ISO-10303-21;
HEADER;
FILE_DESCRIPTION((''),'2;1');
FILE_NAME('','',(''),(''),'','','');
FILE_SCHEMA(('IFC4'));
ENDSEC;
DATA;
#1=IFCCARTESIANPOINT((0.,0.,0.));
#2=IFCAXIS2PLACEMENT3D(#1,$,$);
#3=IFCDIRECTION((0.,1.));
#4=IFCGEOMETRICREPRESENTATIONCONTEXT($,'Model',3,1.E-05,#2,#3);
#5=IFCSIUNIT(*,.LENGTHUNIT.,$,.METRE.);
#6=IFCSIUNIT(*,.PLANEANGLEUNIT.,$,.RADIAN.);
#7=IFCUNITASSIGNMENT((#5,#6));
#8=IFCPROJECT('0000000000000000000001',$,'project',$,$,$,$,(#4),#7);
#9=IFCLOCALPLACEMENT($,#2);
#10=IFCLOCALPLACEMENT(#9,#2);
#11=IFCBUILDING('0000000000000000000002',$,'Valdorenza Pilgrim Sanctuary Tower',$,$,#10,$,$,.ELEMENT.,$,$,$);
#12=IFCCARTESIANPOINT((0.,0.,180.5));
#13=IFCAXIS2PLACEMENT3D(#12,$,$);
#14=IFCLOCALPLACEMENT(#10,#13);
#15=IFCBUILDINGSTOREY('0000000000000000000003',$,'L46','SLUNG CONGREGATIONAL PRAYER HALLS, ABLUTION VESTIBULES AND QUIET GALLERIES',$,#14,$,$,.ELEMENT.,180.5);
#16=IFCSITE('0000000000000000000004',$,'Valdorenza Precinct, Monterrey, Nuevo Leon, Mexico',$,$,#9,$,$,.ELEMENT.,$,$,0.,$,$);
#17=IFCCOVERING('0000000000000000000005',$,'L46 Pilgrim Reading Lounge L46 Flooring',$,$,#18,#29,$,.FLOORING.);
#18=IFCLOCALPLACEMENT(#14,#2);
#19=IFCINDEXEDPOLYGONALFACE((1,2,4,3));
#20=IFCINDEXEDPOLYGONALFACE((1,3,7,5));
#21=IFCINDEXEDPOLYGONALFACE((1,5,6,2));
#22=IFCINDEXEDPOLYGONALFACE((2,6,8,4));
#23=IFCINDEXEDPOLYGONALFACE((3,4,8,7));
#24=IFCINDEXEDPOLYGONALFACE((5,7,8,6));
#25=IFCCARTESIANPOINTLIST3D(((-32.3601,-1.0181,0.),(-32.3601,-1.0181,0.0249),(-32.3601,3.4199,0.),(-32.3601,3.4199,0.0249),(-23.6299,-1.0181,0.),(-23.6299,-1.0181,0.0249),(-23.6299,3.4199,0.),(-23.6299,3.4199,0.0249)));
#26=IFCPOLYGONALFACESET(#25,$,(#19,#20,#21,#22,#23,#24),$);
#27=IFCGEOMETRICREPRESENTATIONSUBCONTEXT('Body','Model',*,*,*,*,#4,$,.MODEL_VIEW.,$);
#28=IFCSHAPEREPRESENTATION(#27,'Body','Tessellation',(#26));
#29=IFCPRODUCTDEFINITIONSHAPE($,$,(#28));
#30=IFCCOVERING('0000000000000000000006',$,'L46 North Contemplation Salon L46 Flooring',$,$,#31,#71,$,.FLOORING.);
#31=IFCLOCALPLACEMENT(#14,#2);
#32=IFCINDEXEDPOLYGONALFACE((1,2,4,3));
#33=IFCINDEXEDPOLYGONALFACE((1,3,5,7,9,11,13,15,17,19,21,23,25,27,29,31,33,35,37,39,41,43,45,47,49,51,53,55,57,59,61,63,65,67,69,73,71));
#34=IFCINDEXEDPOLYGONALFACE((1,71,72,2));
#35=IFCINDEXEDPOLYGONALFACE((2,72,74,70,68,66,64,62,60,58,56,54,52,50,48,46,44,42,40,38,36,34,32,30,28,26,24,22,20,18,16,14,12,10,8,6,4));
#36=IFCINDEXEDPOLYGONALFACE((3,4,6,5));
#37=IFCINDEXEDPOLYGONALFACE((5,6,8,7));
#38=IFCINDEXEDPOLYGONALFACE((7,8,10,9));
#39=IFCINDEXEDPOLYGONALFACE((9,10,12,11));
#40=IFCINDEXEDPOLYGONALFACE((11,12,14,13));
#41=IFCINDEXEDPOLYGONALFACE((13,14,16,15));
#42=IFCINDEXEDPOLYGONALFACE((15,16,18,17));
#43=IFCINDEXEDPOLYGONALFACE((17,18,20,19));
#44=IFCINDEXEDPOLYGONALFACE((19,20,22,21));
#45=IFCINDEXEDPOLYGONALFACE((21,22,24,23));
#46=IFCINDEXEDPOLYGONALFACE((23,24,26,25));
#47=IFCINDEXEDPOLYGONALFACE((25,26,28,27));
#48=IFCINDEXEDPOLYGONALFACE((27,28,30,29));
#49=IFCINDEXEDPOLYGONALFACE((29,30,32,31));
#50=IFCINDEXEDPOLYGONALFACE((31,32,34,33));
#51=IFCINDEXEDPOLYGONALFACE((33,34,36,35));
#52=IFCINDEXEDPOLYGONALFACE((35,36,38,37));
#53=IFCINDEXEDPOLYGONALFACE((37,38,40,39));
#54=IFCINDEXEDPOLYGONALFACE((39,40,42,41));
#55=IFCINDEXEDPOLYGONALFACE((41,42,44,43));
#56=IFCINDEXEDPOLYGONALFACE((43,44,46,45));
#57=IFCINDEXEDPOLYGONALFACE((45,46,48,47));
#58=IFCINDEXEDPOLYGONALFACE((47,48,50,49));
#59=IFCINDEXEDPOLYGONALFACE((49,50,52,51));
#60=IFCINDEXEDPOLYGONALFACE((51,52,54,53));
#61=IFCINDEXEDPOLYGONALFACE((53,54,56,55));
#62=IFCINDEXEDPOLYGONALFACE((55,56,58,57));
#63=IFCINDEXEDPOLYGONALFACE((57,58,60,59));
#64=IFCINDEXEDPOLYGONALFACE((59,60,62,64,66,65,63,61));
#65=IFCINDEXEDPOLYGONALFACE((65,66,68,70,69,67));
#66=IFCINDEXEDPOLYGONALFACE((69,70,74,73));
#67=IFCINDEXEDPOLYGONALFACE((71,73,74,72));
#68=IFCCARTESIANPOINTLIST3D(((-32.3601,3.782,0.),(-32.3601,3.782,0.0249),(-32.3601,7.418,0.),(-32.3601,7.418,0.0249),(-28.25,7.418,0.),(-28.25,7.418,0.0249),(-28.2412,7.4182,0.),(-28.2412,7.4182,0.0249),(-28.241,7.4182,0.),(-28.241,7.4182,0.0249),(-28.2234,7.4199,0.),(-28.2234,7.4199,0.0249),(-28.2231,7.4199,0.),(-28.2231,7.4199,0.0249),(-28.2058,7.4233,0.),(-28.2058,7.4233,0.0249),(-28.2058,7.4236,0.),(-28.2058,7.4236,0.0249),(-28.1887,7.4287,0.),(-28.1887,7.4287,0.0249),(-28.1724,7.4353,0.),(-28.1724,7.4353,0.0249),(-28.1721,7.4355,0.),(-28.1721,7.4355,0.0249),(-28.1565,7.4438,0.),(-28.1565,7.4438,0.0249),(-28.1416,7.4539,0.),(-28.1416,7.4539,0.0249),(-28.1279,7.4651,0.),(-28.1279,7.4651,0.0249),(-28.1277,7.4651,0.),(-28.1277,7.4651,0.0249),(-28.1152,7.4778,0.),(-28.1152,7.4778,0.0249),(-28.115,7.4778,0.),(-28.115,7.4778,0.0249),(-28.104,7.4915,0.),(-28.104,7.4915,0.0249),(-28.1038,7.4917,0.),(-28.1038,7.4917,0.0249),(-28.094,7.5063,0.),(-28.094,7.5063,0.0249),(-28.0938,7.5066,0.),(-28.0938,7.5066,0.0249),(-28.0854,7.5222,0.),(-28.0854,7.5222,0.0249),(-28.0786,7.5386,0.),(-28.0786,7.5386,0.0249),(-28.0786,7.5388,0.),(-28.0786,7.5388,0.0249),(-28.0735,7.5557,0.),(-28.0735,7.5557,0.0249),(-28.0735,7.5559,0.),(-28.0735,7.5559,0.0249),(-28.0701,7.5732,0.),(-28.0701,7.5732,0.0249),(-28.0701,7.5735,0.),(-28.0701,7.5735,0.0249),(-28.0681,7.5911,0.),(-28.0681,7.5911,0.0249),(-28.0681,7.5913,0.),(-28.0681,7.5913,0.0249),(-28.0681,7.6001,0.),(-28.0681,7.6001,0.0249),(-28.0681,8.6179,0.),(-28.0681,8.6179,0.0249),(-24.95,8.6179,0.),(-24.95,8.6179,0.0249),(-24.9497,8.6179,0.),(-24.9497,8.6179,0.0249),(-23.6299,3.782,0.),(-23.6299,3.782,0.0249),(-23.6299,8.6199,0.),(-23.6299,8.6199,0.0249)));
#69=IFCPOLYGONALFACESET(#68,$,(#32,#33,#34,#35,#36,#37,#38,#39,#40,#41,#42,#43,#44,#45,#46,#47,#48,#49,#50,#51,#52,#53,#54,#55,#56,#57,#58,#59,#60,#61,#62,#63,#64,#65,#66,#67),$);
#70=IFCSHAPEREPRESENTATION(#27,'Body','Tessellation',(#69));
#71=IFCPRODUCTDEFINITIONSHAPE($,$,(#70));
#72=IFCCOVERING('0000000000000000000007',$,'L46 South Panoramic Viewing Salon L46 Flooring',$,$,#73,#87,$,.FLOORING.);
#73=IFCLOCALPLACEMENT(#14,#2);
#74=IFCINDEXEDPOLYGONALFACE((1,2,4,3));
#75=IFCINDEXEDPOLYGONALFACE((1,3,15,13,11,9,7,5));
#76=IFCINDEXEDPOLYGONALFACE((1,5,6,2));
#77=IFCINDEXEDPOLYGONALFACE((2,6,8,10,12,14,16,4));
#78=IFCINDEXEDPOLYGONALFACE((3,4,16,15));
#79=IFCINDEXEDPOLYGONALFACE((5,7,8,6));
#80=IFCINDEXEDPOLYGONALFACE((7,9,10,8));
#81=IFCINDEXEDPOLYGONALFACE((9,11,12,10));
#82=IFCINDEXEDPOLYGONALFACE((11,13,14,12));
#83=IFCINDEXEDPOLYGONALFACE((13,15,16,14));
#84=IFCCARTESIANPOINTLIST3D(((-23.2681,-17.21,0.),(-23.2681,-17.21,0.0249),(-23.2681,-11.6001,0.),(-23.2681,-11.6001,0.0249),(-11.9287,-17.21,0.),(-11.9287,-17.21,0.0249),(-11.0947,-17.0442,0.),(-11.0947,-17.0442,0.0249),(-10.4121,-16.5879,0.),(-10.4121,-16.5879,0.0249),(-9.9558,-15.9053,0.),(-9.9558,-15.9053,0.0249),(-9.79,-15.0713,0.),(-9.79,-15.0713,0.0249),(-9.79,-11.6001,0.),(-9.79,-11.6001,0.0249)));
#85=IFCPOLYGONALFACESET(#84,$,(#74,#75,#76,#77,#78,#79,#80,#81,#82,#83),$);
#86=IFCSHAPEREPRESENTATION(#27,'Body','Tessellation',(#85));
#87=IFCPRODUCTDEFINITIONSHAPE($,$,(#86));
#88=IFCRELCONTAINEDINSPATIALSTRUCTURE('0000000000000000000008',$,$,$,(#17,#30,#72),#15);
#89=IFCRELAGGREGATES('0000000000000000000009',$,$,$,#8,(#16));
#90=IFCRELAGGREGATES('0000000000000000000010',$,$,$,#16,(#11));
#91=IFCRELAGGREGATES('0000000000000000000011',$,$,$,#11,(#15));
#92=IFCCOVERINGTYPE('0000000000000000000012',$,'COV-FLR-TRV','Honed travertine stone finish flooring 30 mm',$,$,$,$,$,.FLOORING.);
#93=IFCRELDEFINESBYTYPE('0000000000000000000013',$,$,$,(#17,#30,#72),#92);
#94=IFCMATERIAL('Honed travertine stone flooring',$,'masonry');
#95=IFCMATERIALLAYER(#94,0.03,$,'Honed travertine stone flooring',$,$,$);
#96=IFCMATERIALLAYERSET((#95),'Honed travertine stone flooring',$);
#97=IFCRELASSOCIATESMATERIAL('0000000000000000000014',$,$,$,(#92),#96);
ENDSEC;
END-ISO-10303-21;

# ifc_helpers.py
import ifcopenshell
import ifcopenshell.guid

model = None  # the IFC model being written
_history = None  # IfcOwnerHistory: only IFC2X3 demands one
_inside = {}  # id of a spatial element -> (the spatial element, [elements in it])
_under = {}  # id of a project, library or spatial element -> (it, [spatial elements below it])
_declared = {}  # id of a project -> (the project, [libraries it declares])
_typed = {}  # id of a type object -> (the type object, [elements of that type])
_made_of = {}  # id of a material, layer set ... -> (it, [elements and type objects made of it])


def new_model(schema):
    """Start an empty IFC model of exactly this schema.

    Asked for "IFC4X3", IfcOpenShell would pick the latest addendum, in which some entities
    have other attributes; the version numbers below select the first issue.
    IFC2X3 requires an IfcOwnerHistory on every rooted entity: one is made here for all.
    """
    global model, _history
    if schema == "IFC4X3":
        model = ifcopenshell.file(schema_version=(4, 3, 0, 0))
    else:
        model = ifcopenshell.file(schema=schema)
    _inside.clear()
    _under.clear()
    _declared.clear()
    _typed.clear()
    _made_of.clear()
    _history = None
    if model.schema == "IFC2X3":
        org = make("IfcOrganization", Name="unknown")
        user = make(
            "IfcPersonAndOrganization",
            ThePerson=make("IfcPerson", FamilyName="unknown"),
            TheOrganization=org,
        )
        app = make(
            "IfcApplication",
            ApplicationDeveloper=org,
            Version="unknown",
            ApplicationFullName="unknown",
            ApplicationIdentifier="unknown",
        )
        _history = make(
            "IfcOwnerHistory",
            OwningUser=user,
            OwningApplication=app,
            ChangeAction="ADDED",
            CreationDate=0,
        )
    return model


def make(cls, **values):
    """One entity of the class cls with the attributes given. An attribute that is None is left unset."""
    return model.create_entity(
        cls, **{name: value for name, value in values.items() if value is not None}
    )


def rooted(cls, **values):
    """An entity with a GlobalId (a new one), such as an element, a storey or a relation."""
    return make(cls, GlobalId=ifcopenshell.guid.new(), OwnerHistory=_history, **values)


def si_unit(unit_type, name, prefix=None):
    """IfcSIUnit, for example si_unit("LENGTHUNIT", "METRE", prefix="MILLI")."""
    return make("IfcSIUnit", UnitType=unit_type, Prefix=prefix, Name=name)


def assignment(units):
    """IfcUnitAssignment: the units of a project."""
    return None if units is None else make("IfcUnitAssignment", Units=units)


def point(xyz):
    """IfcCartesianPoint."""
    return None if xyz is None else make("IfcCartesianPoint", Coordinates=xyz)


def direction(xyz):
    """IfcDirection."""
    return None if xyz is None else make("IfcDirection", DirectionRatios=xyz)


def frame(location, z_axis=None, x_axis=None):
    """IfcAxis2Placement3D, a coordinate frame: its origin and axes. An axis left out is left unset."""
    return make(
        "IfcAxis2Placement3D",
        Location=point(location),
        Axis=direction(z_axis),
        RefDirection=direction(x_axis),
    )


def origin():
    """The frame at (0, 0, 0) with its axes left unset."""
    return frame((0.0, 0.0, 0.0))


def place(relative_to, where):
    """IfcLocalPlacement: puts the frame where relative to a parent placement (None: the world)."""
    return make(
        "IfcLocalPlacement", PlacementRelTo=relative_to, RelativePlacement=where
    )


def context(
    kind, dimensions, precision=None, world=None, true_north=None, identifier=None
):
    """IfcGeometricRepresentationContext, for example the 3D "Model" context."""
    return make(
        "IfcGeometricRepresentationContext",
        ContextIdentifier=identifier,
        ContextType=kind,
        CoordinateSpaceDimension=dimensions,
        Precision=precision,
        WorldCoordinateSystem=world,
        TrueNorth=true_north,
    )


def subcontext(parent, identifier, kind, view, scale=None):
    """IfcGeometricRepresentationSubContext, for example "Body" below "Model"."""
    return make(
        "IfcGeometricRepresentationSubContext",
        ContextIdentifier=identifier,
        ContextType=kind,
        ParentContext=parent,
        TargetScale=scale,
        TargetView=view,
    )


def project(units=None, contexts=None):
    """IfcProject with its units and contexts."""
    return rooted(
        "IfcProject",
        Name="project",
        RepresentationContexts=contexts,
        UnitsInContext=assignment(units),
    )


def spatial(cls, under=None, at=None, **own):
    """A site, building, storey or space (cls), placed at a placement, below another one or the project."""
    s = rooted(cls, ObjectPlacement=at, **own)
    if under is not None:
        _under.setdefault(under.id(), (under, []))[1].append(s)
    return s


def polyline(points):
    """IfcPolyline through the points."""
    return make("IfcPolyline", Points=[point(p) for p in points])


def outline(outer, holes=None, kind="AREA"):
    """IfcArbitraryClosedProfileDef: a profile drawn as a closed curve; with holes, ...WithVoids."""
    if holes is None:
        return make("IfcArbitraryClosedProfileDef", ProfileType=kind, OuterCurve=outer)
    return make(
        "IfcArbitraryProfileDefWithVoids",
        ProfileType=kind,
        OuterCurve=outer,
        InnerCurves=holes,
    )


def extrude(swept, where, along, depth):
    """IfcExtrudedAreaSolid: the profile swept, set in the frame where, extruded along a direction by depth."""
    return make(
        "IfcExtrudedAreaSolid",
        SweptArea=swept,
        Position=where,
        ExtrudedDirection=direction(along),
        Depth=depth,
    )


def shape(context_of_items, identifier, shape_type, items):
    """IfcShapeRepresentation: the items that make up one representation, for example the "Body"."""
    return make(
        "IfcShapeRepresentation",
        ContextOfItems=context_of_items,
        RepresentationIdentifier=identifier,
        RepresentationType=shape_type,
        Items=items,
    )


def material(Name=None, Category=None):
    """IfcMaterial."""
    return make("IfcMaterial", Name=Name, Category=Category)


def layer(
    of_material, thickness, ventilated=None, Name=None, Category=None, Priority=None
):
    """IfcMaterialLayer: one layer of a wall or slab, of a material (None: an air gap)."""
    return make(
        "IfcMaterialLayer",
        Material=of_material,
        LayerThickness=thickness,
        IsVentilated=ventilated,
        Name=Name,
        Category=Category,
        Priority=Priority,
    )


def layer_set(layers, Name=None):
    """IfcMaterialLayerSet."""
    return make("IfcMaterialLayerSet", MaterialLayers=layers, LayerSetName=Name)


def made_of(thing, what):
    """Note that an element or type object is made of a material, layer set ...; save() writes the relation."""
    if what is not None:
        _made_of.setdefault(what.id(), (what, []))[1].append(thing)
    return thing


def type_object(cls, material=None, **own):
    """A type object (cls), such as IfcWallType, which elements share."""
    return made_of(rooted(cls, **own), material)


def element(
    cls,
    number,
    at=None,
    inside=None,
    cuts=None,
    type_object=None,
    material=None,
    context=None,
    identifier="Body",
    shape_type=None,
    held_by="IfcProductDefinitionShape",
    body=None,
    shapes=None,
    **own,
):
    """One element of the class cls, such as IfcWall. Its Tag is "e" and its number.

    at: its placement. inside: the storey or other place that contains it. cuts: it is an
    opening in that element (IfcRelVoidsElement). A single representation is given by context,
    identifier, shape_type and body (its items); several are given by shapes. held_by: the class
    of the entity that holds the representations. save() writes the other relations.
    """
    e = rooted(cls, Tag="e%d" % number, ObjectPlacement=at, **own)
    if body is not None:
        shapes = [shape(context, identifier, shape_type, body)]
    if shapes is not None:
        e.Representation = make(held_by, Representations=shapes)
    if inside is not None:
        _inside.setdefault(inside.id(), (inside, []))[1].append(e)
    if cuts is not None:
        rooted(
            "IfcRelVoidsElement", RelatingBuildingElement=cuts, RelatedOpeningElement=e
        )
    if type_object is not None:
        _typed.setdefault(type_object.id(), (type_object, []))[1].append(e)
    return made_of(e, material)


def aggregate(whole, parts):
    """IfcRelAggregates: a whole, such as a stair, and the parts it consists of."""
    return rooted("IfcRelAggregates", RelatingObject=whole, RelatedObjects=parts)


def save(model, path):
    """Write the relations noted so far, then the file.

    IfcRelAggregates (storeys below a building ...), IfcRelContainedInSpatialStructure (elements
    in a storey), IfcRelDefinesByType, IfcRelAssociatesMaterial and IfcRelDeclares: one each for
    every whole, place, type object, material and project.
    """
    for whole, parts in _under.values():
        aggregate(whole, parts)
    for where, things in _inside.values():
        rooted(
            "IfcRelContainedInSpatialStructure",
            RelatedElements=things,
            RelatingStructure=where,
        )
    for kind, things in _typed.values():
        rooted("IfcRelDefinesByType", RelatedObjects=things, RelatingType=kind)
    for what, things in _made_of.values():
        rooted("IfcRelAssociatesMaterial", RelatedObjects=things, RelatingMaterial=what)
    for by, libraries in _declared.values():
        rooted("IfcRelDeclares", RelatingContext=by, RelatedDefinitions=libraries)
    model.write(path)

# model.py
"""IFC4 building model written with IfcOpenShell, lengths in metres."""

from ifc_helpers import new_model, si_unit, direction, frame, origin, place, context, subcontext, project, spatial, polyline, outline, extrude, material, layer, layer_set, type_object, element, save


model = new_model("IFC4")

# Units and contexts
model_context = context("Model", 3, precision=1e-05, world=origin(), true_north=direction((0.0, 1.0)))
body_context = subcontext(model_context, "Body", "Model", "MODEL_VIEW")
ifc_project = project(units=[si_unit("LENGTHUNIT", "METRE"), si_unit("PLANEANGLEUNIT", "RADIAN")], contexts=[model_context])

# Site, building, storey
site_placement = place(None, origin())
site = spatial("IfcSite", under=ifc_project, at=site_placement, Name="Valdorenza Precinct, Monterrey, Nuevo Leon, Mexico", CompositionType="ELEMENT", RefElevation=0.0)
building_placement = place(site_placement, origin())
building = spatial("IfcBuilding", under=site, at=building_placement, Name="Valdorenza Pilgrim Sanctuary Tower", CompositionType="ELEMENT")
storey_placement = place(building_placement, frame((0.0, 0.0, 180.5)))
storey = spatial("IfcBuildingStorey", under=building, at=storey_placement, Name="L46", Description="SLUNG CONGREGATIONAL PRAYER HALLS, ABLUTION VESTIBULES AND QUIET GALLERIES", CompositionType="ELEMENT", Elevation=180.5)

# Coverings
ifc_material_1 = material(Name="Honed travertine stone flooring", Category="masonry")
ifc_layer_1 = layer(ifc_material_1, 0.03, Name="Honed travertine stone flooring")
ifc_layer_set_1 = layer_set([ifc_layer_1], Name="Honed travertine stone flooring")
covering_type_1 = type_object("IfcCoveringType", Name="COV-FLR-TRV", Description="Honed travertine stone finish flooring 30 mm", PredefinedType="FLOORING", material=ifc_layer_set_1)
covering_1_placement = place(storey_placement, origin())
element("IfcCovering", 1, at=covering_1_placement, inside=storey, type_object=covering_type_1, Name="L46 Pilgrim Reading Lounge L46 Flooring", PredefinedType="FLOORING", context=body_context, shape_type="SweptSolid", body=[
    extrude(outline(polyline([(-23.6299, -1.0181), (-32.3601, -1.0181), (-32.3601, 3.4199), (-23.6299, 3.4199), (-23.6299, -1.0181)])), origin(), (0.0, 0.0, 1.0), 0.0249),
])
covering_2_placement = place(storey_placement, origin())
element("IfcCovering", 2, at=covering_2_placement, inside=storey, type_object=covering_type_1, Name="L46 North Contemplation Salon L46 Flooring", PredefinedType="FLOORING", context=body_context, shape_type="SweptSolid", body=[
    extrude(outline(polyline([(-23.6299, 8.6199), (-23.6299, 3.782), (-32.3601, 3.782), (-32.3601, 7.418), (-28.25, 7.418), (-28.2412, 7.4182), (-28.241, 7.4182), (-28.2234, 7.4199), (-28.2231, 7.4199), (-28.2058, 7.4233), (-28.2058, 7.4236), (-28.1887, 7.4287), (-28.1887, 7.4287), (-28.1724, 7.4353), (-28.1721, 7.4355), (-28.1565, 7.4438), (-28.1565, 7.4438), (-28.1416, 7.4539), (-28.1416, 7.4539), (-28.1279, 7.4651), (-28.1277, 7.4651), (-28.1152, 7.4778), (-28.115, 7.4778), (-28.104, 7.4915), (-28.1038, 7.4917), (-28.094, 7.5063), (-28.0938, 7.5066), (-28.0854, 7.5222), (-28.0854, 7.5222), (-28.0786, 7.5386), (-28.0786, 7.5388), (-28.0735, 7.5557), (-28.0735, 7.5559), (-28.0701, 7.5732), (-28.0701, 7.5735), (-28.0681, 7.5911), (-28.0681, 7.5913), (-28.0681, 7.6001), (-28.0681, 8.6179), (-24.95, 8.6179), (-24.9497, 8.6179), (-23.6299, 8.6199)])), origin(), (0.0, 0.0, 1.0), 0.0249),
])
covering_3_placement = place(storey_placement, origin())
element("IfcCovering", 3, at=covering_3_placement, inside=storey, type_object=covering_type_1, Name="L46 South Panoramic Viewing Salon L46 Flooring", PredefinedType="FLOORING", context=body_context, shape_type="SweptSolid", body=[
    extrude(outline(polyline([(-9.79, -11.6001), (-9.79, -15.0713), (-9.9558, -15.9053), (-10.4121, -16.5879), (-11.0947, -17.0442), (-11.9287, -17.21), (-23.2681, -17.21), (-23.2681, -11.6001), (-9.79, -11.6001)])), origin(), (0.0, 0.0, 1.0), 0.0249),
])

save(model, "model.ifc")
